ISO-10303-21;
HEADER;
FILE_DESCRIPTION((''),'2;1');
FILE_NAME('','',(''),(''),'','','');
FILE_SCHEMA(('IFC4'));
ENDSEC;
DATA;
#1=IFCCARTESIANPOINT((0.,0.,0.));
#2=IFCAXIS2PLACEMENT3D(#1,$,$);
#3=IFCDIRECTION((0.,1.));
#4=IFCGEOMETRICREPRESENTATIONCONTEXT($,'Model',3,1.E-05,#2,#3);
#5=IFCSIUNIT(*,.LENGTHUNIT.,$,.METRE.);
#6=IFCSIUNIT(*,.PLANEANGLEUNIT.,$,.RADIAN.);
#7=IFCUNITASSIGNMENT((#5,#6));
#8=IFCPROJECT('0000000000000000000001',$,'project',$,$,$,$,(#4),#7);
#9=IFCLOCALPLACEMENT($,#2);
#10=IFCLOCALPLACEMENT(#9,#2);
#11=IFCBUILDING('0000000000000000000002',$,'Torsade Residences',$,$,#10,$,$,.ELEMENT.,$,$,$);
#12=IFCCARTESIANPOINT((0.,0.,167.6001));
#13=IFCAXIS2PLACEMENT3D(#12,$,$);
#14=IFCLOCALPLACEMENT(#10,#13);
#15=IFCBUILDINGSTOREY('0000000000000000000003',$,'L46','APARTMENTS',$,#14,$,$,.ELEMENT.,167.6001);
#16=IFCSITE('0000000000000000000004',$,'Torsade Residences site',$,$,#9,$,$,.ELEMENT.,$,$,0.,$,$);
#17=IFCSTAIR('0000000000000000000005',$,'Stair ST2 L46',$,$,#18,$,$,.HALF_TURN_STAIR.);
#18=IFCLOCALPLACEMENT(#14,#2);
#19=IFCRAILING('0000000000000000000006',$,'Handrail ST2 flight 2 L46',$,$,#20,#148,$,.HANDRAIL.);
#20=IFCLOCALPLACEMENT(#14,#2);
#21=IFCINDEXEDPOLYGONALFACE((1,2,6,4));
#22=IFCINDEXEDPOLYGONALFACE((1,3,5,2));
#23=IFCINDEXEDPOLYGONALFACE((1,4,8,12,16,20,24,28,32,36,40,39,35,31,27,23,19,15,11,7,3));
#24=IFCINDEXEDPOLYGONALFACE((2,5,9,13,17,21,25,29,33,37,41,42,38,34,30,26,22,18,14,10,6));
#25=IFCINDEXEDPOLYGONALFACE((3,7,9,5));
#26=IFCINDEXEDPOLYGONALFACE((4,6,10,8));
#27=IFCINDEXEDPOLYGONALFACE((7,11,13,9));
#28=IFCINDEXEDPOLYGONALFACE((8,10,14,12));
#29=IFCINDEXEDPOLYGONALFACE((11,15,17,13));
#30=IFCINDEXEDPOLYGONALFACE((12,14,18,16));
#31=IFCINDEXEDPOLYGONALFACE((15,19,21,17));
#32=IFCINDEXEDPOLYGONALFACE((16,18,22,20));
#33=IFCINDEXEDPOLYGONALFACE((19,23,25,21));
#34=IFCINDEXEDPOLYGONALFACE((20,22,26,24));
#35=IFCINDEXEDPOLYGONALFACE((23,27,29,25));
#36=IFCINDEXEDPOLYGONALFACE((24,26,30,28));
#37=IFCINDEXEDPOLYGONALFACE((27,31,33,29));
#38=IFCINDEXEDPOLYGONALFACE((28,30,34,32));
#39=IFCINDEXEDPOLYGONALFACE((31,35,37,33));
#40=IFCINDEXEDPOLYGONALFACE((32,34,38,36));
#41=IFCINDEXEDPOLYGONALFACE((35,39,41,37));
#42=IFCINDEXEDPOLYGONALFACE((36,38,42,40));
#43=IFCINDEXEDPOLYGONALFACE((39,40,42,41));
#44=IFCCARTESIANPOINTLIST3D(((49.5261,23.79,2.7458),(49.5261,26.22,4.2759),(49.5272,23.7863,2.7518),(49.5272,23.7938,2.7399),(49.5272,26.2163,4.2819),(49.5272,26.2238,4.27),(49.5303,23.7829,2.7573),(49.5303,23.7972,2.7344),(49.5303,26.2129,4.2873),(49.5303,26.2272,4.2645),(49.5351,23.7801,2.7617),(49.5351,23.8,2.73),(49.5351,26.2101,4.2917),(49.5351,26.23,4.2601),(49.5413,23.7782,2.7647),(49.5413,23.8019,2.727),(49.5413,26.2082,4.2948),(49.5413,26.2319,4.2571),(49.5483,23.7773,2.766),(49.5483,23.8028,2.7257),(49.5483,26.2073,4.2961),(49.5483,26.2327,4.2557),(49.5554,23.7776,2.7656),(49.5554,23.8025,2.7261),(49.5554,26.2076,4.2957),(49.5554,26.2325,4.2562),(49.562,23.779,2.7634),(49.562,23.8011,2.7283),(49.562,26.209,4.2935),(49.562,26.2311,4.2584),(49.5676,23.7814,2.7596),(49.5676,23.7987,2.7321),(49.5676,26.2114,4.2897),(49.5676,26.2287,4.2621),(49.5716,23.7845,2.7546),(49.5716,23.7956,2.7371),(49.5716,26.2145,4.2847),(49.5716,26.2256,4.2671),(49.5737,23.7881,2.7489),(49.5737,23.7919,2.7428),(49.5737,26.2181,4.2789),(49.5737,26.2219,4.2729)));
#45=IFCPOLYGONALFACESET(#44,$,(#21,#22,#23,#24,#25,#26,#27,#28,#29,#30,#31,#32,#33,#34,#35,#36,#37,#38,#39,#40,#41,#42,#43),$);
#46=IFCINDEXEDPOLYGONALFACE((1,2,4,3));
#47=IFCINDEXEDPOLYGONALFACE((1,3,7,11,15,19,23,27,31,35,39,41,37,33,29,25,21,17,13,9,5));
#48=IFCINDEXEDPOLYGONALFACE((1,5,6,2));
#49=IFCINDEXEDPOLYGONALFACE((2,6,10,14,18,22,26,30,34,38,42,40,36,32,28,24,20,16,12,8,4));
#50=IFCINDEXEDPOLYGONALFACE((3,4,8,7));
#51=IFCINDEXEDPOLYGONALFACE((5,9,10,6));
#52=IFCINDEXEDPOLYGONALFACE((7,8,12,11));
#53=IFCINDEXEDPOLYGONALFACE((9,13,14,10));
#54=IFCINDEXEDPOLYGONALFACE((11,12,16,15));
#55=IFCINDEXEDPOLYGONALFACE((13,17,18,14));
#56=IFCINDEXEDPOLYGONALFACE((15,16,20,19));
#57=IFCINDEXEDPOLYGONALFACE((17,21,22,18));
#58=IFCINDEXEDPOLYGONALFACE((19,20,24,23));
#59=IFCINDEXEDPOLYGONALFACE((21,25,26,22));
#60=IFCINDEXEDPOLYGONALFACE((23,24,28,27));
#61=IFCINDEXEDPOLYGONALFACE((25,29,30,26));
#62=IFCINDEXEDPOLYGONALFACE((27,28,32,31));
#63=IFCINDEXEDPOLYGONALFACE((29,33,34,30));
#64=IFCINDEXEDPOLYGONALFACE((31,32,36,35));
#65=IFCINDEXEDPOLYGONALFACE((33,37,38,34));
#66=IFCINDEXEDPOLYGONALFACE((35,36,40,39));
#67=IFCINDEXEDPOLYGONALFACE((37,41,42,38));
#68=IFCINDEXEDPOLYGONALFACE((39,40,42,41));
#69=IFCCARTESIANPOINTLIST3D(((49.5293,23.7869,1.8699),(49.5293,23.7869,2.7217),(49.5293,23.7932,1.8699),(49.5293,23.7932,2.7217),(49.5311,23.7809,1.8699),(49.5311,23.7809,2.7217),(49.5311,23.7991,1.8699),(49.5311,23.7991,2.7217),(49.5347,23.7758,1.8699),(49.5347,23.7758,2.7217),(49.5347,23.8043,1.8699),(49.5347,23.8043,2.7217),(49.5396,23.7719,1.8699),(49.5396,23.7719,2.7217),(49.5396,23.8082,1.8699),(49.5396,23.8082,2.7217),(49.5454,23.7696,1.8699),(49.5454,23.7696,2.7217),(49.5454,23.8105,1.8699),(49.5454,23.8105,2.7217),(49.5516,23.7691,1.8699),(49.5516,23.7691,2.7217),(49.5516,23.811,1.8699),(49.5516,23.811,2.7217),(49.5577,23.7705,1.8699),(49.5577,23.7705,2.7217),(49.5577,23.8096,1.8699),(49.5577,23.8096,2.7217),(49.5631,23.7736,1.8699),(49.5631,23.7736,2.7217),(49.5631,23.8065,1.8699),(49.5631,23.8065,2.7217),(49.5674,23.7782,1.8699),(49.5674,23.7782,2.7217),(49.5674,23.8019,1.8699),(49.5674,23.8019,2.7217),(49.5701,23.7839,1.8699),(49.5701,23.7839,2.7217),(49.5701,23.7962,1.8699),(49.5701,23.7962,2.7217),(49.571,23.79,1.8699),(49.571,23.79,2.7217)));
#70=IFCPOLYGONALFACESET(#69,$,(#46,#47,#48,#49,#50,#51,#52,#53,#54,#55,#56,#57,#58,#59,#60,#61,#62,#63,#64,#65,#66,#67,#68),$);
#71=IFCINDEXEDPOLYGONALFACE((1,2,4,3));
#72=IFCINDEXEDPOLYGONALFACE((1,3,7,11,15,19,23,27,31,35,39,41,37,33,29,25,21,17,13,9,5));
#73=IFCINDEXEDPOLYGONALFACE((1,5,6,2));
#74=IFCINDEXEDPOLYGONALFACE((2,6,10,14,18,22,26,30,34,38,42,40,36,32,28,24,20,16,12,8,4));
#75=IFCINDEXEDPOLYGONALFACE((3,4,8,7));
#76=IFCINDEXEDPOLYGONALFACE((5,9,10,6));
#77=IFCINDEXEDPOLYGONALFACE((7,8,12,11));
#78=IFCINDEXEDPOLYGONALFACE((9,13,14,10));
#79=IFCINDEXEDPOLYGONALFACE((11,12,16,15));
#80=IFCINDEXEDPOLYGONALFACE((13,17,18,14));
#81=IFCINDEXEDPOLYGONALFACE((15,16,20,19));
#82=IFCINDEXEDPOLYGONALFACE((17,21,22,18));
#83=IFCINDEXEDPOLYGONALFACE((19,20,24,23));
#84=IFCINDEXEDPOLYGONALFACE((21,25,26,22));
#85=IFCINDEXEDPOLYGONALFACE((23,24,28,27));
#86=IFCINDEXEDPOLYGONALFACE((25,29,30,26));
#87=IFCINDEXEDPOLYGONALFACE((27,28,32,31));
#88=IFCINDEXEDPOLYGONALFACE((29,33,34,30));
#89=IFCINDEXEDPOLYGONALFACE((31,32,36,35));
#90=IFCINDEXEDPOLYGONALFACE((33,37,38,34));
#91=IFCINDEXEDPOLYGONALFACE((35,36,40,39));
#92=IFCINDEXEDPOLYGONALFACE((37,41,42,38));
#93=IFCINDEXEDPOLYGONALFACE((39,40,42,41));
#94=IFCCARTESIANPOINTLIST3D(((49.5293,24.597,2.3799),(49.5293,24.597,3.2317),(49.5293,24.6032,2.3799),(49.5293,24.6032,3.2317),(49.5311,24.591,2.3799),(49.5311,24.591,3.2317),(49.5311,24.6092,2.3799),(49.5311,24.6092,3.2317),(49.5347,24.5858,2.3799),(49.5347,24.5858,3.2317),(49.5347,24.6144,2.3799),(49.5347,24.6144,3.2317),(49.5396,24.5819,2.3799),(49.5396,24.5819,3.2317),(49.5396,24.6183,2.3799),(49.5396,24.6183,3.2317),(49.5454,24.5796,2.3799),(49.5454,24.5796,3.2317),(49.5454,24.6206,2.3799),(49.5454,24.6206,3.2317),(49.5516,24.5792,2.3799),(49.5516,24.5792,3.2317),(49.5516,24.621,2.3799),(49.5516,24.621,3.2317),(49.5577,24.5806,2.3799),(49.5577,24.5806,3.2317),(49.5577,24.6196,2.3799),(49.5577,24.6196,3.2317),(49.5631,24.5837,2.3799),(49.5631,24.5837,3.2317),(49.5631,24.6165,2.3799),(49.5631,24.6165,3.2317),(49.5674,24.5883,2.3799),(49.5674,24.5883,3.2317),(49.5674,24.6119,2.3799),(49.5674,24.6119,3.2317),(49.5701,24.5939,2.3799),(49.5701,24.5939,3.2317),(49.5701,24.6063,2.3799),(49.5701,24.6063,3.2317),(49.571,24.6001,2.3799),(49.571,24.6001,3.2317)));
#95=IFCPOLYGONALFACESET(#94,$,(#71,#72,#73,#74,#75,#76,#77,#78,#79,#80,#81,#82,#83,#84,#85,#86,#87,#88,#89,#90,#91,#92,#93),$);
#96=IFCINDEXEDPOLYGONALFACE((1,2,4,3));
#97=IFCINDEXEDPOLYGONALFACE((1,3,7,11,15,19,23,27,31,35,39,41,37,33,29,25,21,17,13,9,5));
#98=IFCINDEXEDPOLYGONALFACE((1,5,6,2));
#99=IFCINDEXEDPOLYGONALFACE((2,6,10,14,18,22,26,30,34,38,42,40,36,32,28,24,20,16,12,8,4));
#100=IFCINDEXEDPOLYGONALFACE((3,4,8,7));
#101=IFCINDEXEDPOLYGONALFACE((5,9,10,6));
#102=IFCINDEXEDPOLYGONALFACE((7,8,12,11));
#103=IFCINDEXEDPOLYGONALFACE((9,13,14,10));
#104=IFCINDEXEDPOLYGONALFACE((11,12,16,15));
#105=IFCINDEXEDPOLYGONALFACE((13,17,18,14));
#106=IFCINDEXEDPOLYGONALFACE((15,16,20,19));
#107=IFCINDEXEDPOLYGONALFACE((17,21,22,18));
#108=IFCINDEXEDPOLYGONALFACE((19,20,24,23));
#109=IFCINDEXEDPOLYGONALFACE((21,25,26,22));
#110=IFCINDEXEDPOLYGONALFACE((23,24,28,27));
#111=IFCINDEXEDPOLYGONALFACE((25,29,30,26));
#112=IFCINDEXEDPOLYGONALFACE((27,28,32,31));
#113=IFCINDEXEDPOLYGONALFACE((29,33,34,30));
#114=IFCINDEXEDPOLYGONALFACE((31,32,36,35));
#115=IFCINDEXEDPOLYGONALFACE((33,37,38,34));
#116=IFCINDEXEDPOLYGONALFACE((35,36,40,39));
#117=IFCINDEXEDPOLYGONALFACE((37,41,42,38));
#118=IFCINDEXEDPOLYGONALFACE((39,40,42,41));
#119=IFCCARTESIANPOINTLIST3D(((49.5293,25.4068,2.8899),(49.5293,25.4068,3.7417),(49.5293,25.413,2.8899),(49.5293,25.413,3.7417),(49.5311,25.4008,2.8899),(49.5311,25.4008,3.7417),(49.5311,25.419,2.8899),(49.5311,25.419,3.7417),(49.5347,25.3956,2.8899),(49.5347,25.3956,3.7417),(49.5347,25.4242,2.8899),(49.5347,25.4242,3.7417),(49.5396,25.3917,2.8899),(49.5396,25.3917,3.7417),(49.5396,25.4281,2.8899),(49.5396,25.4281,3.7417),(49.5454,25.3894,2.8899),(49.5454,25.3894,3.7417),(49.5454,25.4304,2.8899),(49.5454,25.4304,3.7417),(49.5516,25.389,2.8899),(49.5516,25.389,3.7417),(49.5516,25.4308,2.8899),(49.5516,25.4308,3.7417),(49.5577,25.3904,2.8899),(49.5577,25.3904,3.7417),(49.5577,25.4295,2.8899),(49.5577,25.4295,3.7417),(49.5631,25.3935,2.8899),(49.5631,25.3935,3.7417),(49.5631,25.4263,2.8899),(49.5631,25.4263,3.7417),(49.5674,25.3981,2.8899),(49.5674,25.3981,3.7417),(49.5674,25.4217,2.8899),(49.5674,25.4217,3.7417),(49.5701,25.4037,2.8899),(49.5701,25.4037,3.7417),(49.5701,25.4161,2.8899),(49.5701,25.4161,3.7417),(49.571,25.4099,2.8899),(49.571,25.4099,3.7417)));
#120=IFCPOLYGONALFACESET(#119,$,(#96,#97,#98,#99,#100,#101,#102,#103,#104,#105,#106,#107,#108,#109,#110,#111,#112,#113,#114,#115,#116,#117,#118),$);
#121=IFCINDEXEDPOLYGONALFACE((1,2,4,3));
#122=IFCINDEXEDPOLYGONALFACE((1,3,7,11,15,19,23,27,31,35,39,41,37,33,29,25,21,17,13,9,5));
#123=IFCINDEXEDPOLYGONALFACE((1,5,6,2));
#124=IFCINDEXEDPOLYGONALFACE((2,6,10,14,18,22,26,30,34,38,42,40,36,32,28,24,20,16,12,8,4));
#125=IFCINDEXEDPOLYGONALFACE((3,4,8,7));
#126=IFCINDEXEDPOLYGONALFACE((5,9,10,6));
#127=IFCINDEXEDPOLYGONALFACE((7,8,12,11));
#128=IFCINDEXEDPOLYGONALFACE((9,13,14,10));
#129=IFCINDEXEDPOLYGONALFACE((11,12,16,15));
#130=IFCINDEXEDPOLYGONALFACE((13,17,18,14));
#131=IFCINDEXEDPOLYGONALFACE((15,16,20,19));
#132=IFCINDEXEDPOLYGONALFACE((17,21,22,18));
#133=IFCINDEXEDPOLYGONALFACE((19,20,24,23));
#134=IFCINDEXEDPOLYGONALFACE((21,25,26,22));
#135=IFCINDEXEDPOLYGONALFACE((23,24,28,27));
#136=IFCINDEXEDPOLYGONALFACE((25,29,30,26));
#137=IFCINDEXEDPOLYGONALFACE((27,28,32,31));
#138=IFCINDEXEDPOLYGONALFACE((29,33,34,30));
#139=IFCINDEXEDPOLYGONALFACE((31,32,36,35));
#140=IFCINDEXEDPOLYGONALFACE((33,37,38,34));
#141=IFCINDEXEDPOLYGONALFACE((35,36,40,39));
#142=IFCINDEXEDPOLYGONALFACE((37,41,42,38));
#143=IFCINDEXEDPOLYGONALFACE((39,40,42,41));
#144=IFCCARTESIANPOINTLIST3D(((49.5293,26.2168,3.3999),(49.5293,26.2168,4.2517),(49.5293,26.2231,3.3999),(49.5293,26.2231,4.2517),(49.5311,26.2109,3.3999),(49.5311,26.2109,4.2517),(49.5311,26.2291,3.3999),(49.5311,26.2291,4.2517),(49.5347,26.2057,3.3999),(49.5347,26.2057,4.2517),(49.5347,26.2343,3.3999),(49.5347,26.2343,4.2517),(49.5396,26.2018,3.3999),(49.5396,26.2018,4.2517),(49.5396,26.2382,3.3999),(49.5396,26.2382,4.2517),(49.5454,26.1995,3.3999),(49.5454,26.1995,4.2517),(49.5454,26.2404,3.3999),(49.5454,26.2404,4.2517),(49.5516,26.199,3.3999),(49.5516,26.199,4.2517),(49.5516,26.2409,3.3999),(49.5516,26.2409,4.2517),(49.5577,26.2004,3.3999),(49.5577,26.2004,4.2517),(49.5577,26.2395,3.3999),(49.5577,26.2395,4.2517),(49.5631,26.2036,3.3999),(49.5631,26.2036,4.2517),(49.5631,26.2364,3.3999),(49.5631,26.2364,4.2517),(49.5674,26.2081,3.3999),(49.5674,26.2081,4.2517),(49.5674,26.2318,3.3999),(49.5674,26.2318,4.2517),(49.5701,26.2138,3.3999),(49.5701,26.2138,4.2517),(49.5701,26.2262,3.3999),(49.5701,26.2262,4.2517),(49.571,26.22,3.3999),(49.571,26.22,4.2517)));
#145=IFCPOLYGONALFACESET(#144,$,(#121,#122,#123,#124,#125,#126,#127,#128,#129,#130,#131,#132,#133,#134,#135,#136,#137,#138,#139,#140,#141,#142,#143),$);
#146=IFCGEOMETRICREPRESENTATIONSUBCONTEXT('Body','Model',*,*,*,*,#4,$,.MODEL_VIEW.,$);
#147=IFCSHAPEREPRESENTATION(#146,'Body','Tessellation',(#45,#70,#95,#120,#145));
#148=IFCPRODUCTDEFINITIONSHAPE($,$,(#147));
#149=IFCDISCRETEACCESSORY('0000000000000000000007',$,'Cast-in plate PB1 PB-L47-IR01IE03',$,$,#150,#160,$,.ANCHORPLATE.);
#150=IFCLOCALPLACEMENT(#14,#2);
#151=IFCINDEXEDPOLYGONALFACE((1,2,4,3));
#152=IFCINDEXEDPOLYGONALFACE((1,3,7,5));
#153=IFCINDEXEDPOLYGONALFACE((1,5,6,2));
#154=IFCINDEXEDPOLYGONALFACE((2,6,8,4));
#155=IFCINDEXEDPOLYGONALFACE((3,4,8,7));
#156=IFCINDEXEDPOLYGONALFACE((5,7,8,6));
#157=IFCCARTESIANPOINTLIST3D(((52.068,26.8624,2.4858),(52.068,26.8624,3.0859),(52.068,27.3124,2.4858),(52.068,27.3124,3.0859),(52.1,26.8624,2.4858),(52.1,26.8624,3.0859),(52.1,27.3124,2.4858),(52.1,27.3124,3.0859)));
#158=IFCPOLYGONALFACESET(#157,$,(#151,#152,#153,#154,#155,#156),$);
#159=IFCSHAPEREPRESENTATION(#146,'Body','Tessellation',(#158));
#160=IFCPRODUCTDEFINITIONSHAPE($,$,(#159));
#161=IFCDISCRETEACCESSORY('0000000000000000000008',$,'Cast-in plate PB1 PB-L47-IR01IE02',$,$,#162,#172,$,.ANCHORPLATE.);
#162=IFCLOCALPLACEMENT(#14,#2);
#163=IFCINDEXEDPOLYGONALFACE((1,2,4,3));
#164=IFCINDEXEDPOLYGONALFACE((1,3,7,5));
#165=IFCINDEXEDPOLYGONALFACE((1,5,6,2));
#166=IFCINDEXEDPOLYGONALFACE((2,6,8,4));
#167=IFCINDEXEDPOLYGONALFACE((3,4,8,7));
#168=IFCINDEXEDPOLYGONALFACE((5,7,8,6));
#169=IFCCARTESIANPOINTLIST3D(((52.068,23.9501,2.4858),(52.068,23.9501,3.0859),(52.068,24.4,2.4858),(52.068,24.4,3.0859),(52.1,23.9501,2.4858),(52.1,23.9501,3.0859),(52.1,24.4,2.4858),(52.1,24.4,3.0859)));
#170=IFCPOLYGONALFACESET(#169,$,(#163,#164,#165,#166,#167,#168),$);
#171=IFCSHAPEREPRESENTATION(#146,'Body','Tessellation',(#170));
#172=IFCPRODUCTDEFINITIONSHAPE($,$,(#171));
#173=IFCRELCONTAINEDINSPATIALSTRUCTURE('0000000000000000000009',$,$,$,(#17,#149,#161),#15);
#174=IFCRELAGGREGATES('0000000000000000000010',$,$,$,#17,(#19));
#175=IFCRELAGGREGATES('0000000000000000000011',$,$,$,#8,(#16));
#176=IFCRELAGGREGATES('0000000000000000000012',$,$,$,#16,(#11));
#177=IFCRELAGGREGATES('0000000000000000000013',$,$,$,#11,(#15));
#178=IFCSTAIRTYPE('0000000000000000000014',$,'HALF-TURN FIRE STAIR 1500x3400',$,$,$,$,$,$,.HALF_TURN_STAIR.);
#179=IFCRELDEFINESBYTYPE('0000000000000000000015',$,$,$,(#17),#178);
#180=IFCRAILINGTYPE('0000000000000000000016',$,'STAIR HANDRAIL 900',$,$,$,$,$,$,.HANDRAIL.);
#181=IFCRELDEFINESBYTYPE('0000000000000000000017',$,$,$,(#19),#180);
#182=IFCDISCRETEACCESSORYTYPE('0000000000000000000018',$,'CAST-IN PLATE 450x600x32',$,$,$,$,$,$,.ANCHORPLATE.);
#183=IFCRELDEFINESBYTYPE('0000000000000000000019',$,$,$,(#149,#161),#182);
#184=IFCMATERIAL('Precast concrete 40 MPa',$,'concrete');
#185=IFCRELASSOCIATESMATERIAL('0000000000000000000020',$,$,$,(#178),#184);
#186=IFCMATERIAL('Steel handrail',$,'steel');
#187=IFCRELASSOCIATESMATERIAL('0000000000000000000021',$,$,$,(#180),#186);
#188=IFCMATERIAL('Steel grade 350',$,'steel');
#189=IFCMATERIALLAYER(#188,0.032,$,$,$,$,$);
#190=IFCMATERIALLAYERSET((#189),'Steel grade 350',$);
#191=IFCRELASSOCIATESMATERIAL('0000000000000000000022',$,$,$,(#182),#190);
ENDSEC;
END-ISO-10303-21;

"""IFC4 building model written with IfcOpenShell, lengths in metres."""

from ifc_helpers import new_model, si_unit, direction, frame, origin, origin_2d, place, context, subcontext, project, spatial, rectangle, circle, extrude, material, layer, layer_set, type_object, element, aggregate, save


model = new_model("IFC4")

# Units and contexts
model_context = context("Model", 3, precision=1e-05, world=origin(), true_north=direction((0.0, 1.0)))
body_context = subcontext(model_context, "Body", "Model", "MODEL_VIEW")
ifc_project = project(units=[si_unit("LENGTHUNIT", "METRE"), si_unit("PLANEANGLEUNIT", "RADIAN")], contexts=[model_context])

# Site, building, storey
site_placement = place(None, origin())
site = spatial("IfcSite", under=ifc_project, at=site_placement, Name="Torsade Residences site", CompositionType="ELEMENT", RefElevation=0.0)
building_placement = place(site_placement, origin())
building = spatial("IfcBuilding", under=site, at=building_placement, Name="Torsade Residences", CompositionType="ELEMENT")
storey_placement = place(building_placement, frame((0.0, 0.0, 167.6001)))
storey = spatial("IfcBuildingStorey", under=building, at=storey_placement, Name="L46", Description="APARTMENTS", CompositionType="ELEMENT", Elevation=167.6001)

# Stair, railing
ifc_material_1 = material(Name="Precast concrete 40 MPa", Category="concrete")
stair_type = type_object("IfcStairType", Name="HALF-TURN FIRE STAIR 1500x3400", PredefinedType="HALF_TURN_STAIR", material=ifc_material_1)
stair_placement = place(storey_placement, origin())
stair = element("IfcStair", 1, at=stair_placement, inside=storey, type_object=stair_type, Name="Stair ST2 L46", PredefinedType="HALF_TURN_STAIR")
ifc_material_2 = material(Name="Steel handrail", Category="steel")
railing_type = type_object("IfcRailingType", Name="STAIR HANDRAIL 900", PredefinedType="HANDRAIL", material=ifc_material_2)
railing_1_placement = place(storey_placement, frame((49.55, 23.79, 1.8699)))
railing_1 = element("IfcRailing", 2, at=railing_1_placement, type_object=railing_type, Name="Handrail ST2 flight 2 L46", PredefinedType="HANDRAIL", context=body_context, shape_type="SweptSolid", body=[
    extrude(circle(Radius=0.0239, at=origin_2d()), frame((0.0, 0.0, 0.876), z_axis=(0.0, 0.846221, 0.532831), x_axis=(-1.0, 0.0, 0.0)), (0.0, 0.0, 1.0), 2.8716),
    extrude(circle(Radius=0.021, at=origin_2d()), origin(), (0.0, 0.0, 1.0), 0.8518),
    extrude(circle(Radius=0.021, at=origin_2d()), frame((0.0, 0.8101, 0.51)), (0.0, 0.0, 1.0), 0.8518),
    extrude(circle(Radius=0.021, at=origin_2d()), frame((0.0, 1.6199, 1.02)), (0.0, 0.0, 1.0), 0.8518),
    extrude(circle(Radius=0.021, at=origin_2d()), frame((0.0, 2.4299, 1.53)), (0.0, 0.0, 1.0), 0.8518),
])
aggregate(stair, [railing_1])

# Discrete accessories
ifc_material_3 = material(Name="Steel grade 350", Category="steel")
ifc_layer_1 = layer(ifc_material_3, 0.032)
ifc_layer_set_1 = layer_set([ifc_layer_1], Name="Steel grade 350")
discrete_accessory_type = type_object("IfcDiscreteAccessoryType", Name="CAST-IN PLATE 450x600x32", PredefinedType="ANCHORPLATE", material=ifc_layer_set_1)
for number, where, z_axis, x_axis, name in (
    (3, (52.084, 27.0874, 2.4858), (0.0, 0.0, 1.0), (1.0, 0.0, 0.0), "Cast-in plate PB1 PB-L47-IR01IE03"),
    (4, (52.084, 24.175, 2.4858), (0.0, 0.0, 1.0), (1.0, 0.0, 0.0), "Cast-in plate PB1 PB-L47-IR01IE02"),
):
    element("IfcDiscreteAccessory", number, at=place(storey_placement, frame(where, z_axis=z_axis, x_axis=x_axis)), inside=storey, type_object=discrete_accessory_type, Name=name, PredefinedType="ANCHORPLATE", context=body_context, shape_type="SweptSolid", body=[
        extrude(rectangle(XDim=0.032, YDim=0.45, at=origin_2d()), origin(), (0.0, 0.0, 1.0), 0.6001),
    ])

save(model, "model.ifc")
